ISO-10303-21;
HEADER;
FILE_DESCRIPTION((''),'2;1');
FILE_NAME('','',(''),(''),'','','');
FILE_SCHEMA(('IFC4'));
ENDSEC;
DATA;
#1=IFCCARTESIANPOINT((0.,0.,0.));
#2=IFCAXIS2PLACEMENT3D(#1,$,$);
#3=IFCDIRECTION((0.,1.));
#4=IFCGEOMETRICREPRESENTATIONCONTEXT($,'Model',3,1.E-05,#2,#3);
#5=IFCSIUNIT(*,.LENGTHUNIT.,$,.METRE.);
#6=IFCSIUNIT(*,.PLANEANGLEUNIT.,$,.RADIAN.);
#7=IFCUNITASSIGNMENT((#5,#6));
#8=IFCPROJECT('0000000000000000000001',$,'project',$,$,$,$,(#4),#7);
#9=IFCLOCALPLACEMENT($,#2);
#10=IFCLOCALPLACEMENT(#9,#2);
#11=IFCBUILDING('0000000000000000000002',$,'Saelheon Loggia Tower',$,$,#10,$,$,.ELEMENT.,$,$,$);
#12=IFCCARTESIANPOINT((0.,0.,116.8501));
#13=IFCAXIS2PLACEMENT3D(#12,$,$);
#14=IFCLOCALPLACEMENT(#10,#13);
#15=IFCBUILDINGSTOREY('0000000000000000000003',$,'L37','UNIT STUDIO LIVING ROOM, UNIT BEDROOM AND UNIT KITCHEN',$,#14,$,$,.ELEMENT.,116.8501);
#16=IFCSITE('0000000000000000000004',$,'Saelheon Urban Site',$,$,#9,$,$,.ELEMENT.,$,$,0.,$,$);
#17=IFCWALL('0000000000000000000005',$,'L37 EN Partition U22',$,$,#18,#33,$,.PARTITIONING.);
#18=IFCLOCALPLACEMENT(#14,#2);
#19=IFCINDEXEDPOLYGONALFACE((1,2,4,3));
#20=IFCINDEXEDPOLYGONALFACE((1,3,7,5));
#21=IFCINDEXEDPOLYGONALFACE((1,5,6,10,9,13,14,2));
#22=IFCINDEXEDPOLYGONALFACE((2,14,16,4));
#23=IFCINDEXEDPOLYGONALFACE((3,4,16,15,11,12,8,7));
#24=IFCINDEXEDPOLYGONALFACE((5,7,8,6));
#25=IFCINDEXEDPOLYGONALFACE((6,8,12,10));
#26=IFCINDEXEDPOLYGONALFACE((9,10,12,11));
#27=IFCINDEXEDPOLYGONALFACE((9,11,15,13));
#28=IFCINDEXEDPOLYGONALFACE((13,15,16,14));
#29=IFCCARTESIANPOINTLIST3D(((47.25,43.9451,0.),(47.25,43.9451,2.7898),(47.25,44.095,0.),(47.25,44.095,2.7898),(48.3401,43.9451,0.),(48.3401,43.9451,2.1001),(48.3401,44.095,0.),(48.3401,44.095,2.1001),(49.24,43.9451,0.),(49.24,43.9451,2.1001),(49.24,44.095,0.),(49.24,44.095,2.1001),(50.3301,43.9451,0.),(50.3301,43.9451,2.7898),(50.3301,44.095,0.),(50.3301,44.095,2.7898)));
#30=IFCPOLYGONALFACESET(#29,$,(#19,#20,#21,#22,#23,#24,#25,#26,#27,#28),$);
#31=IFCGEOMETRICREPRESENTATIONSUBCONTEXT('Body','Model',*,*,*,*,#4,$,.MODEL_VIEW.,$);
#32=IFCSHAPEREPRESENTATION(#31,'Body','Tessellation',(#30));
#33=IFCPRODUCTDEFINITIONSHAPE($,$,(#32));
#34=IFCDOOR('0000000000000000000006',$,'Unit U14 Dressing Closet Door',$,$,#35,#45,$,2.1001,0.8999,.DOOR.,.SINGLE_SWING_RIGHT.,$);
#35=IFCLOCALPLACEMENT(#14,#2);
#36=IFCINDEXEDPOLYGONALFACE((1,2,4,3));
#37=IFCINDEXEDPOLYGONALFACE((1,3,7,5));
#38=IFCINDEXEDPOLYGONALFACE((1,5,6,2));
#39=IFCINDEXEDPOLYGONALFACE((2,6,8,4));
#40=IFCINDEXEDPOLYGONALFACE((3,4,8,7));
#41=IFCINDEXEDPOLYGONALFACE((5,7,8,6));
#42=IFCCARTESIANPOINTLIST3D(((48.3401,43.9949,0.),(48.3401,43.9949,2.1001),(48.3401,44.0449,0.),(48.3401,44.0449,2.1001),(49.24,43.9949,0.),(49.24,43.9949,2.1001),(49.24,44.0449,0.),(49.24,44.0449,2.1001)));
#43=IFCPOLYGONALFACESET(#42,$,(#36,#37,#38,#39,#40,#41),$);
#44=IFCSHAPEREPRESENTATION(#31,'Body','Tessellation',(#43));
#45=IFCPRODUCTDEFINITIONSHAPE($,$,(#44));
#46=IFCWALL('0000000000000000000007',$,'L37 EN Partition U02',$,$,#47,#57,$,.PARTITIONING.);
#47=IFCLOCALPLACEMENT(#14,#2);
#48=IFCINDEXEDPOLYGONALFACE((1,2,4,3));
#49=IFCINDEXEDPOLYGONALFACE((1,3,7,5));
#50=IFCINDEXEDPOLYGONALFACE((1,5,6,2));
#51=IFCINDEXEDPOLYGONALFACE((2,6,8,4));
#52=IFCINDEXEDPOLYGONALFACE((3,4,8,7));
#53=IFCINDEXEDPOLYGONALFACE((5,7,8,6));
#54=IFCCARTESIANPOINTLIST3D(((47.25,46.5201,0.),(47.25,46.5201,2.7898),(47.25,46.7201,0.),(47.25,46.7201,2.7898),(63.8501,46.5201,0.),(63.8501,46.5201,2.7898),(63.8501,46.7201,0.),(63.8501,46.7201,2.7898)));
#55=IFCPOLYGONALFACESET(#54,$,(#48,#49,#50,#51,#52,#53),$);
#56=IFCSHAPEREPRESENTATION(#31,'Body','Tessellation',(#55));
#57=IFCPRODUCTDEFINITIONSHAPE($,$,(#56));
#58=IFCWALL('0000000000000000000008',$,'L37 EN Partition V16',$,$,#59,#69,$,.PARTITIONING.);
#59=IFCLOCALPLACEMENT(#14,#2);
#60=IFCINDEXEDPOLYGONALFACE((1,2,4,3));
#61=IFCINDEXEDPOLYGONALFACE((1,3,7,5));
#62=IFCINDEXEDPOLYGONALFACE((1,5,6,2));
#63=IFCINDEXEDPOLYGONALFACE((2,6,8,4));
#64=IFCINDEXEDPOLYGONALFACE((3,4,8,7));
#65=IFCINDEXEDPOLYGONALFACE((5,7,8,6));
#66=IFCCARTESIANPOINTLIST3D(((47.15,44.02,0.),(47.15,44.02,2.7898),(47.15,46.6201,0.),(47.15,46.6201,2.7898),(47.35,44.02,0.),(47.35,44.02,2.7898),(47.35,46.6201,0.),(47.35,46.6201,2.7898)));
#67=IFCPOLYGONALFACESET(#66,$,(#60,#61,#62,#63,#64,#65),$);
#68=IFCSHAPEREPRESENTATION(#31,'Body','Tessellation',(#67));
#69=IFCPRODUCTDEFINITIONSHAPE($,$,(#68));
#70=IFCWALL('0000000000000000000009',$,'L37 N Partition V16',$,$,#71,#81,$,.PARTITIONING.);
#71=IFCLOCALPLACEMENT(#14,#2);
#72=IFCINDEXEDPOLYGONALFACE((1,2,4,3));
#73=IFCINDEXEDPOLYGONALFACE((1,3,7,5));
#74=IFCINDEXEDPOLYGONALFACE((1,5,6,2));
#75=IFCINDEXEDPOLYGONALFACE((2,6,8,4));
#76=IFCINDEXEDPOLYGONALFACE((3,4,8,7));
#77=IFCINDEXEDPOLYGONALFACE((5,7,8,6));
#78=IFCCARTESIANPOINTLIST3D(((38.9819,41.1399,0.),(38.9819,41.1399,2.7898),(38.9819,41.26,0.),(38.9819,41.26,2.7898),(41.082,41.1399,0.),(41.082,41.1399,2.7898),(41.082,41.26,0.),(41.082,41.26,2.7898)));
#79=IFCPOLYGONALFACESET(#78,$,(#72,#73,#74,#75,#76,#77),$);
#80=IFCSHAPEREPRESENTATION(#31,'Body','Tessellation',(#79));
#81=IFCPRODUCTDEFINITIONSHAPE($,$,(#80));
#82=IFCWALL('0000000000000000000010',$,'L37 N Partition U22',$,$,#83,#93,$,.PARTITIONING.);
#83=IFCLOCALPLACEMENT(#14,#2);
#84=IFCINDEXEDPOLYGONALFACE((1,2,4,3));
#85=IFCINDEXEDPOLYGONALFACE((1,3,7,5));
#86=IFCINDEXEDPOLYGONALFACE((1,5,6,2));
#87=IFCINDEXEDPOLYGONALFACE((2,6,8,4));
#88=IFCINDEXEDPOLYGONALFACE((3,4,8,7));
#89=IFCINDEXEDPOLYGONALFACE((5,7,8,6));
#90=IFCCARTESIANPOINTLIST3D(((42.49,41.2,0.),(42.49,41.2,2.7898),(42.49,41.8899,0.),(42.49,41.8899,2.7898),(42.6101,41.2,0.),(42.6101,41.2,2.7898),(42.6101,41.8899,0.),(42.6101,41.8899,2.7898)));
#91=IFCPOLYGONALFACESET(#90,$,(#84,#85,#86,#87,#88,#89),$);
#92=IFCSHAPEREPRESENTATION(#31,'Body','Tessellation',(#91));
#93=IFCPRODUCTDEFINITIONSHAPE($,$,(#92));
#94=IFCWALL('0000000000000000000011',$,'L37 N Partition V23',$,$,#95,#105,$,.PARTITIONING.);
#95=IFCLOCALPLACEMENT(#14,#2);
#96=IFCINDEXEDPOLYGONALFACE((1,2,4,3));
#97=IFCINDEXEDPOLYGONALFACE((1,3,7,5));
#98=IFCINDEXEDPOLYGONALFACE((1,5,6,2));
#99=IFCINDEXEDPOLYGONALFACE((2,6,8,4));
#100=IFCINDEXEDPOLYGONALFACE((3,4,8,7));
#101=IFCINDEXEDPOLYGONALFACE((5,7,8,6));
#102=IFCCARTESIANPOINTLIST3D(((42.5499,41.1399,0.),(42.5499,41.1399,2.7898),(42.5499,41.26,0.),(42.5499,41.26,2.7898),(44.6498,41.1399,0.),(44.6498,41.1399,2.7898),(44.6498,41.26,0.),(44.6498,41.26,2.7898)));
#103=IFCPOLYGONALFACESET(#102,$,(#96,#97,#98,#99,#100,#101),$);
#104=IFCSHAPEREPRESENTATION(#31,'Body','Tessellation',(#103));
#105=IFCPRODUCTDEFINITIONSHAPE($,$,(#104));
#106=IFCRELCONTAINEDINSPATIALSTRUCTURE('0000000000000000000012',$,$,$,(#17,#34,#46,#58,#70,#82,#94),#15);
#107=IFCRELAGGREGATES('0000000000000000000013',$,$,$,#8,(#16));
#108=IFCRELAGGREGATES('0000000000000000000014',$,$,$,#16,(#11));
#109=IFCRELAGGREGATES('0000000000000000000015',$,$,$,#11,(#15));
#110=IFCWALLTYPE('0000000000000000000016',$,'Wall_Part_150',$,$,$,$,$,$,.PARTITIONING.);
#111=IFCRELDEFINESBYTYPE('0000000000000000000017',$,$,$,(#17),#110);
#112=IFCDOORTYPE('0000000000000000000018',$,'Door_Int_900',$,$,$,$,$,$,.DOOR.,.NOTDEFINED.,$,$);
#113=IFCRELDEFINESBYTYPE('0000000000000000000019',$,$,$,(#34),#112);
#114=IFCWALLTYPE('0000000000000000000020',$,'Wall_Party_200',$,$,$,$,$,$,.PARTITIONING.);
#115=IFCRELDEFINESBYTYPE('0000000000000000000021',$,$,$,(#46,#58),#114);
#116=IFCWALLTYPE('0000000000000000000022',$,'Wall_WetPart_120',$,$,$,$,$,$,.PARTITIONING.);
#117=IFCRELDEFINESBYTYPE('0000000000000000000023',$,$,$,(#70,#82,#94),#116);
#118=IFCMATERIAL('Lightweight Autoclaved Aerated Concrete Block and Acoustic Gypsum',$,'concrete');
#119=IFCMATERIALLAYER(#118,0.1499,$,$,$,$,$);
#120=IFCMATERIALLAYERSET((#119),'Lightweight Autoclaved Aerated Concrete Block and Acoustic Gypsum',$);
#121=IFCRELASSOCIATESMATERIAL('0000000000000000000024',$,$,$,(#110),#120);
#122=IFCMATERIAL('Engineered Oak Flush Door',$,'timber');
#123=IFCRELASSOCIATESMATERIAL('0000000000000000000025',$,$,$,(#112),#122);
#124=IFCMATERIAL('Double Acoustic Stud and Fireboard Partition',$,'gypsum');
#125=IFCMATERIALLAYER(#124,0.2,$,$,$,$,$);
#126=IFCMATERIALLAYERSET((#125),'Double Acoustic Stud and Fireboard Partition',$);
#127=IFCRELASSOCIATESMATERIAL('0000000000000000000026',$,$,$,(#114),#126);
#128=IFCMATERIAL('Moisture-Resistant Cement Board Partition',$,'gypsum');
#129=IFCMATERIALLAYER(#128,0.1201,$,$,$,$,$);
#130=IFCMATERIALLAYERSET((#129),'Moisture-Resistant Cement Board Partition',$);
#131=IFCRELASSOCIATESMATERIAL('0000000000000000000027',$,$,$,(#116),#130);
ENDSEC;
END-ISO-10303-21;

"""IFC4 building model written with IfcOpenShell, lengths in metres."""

from ifc_helpers import new_model, si_unit, direction, frame, frame_2d, origin, place, context, subcontext, project, spatial, rectangle, extrude, source, transform, mapped, material, layer, layer_set, type_object, element, fill, save


model = new_model("IFC4")

# Units and contexts
model_context = context("Model", 3, precision=1e-05, world=origin(), true_north=direction((0.0, 1.0)))
body_context = subcontext(model_context, "Body", "Model", "MODEL_VIEW")
ifc_project = project(units=[si_unit("LENGTHUNIT", "METRE"), si_unit("PLANEANGLEUNIT", "RADIAN")], contexts=[model_context])

# Site, building, storey
site_placement = place(None, origin())
site = spatial("IfcSite", under=ifc_project, at=site_placement, Name="Saelheon Urban Site", CompositionType="ELEMENT", RefElevation=0.0)
building_placement = place(site_placement, origin())
building = spatial("IfcBuilding", under=site, at=building_placement, Name="Saelheon Loggia Tower", CompositionType="ELEMENT")
storey_placement = place(building_placement, frame((0.0, 0.0, 116.8501)))
storey = spatial("IfcBuildingStorey", under=building, at=storey_placement, Name="L37", Description="UNIT STUDIO LIVING ROOM, UNIT BEDROOM AND UNIT KITCHEN", CompositionType="ELEMENT", Elevation=116.8501)

# Wall, opening, door
ifc_material_1 = material(Name="Lightweight Autoclaved Aerated Concrete Block and Acoustic Gypsum", Category="concrete")
ifc_layer_1 = layer(ifc_material_1, 0.1499)
ifc_layer_set_1 = layer_set([ifc_layer_1], Name="Lightweight Autoclaved Aerated Concrete Block and Acoustic Gypsum")
wall_type_1 = type_object("IfcWallType", Name="Wall_Part_150", PredefinedType="PARTITIONING", material=ifc_layer_set_1)
ifc_material_2 = material(Name="Engineered Oak Flush Door", Category="timber")
door_type = type_object("IfcDoorType", Name="Door_Int_900", OperationType="NOTDEFINED", PredefinedType="DOOR", material=ifc_material_2)
shared_shape_1 = source(origin(), body_context, "Body", "SweptSolid", [
    extrude(rectangle(XDim=0.8999, YDim=2.1001, at=frame_2d((0.45, 1.05))), frame((0.0, 0.0249, 0.0), z_axis=(0.0, -1.0, 0.0), x_axis=(1.0, 0.0, 0.0)), (0.0, 0.0, 1.0), 0.05),
])
wall_1_placement = place(storey_placement, frame((47.25, 44.02, 0.0), z_axis=(0.0, 0.0, 1.0), x_axis=(1.0, 0.0, 0.0)))
wall_1 = element("IfcWall", 1, at=wall_1_placement, inside=storey, type_object=wall_type_1, Name="L37 EN Partition U22", PredefinedType="PARTITIONING", context=body_context, shape_type="SweptSolid", body=[
    extrude(rectangle(XDim=3.0801, YDim=0.1499, at=frame_2d((1.54, 0.0))), origin(), (0.0, 0.0, 1.0), 2.7898),
])
opening_1_placement = place(wall_1_placement, frame((1.0901, 0.0, 0.0)))
opening_1 = element("IfcOpeningElement", 2, at=opening_1_placement, cuts=wall_1, PredefinedType="OPENING", context=body_context, shape_type="SweptSolid", body=[
    extrude(rectangle(XDim=0.8999, YDim=2.1001, at=frame_2d((0.45, 1.05))), frame((0.0, 0.0869, 0.0), z_axis=(0.0, -1.0, 0.0), x_axis=(1.0, 0.0, 0.0)), (0.0, 0.0, 1.0), 0.1738),
])
door_1_placement = place(opening_1_placement, origin())
door_1 = element("IfcDoor", 3, at=door_1_placement, inside=storey, type_object=door_type, Name="Unit U14 Dressing Closet Door", OperationType="SINGLE_SWING_RIGHT", OverallHeight=2.1001, OverallWidth=0.8999, PredefinedType="DOOR", context=body_context, shape_type="MappedRepresentation", body=[
    mapped(shared_shape_1, transform((0.0, 0.0, 0.0), scale=1.0)),
])
fill(opening_1, door_1)

# Walls
ifc_material_3 = material(Name="Double Acoustic Stud and Fireboard Partition", Category="gypsum")
ifc_layer_2 = layer(ifc_material_3, 0.2)
ifc_layer_set_2 = layer_set([ifc_layer_2], Name="Double Acoustic Stud and Fireboard Partition")
wall_type_2 = type_object("IfcWallType", Name="Wall_Party_200", PredefinedType="PARTITIONING", material=ifc_layer_set_2)
wall_2_placement = place(storey_placement, frame((47.25, 46.6201, 0.0), z_axis=(0.0, 0.0, 1.0), x_axis=(1.0, 0.0, 0.0)))
element("IfcWall", 4, at=wall_2_placement, inside=storey, type_object=wall_type_2, Name="L37 EN Partition U02", PredefinedType="PARTITIONING", context=body_context, shape_type="SweptSolid", body=[
    extrude(rectangle(XDim=16.6001, YDim=0.2, at=frame_2d((8.3, 0.0))), origin(), (0.0, 0.0, 1.0), 2.7898),
])
wall_3_placement = place(storey_placement, frame((47.25, 44.02, 0.0), z_axis=(0.0, 0.0, 1.0), x_axis=(0.0, 1.0, 0.0)))
element("IfcWall", 5, at=wall_3_placement, inside=storey, type_object=wall_type_2, Name="L37 EN Partition V16", PredefinedType="PARTITIONING", context=body_context, shape_type="SweptSolid", body=[
    extrude(rectangle(XDim=2.6001, YDim=0.2, at=frame_2d((1.3, 0.0))), origin(), (0.0, 0.0, 1.0), 2.7898),
])
ifc_material_4 = material(Name="Moisture-Resistant Cement Board Partition", Category="gypsum")
ifc_layer_3 = layer(ifc_material_4, 0.1201)
ifc_layer_set_3 = layer_set([ifc_layer_3], Name="Moisture-Resistant Cement Board Partition")
wall_type_3 = type_object("IfcWallType", Name="Wall_WetPart_120", PredefinedType="PARTITIONING", material=ifc_layer_set_3)
wall_4_placement = place(storey_placement, frame((38.9819, 41.2, 0.0), z_axis=(0.0, 0.0, 1.0), x_axis=(1.0, 0.0, 0.0)))
element("IfcWall", 6, at=wall_4_placement, inside=storey, type_object=wall_type_3, Name="L37 N Partition V16", PredefinedType="PARTITIONING", context=body_context, shape_type="SweptSolid", body=[
    extrude(rectangle(XDim=2.1001, YDim=0.1201, at=frame_2d((1.05, 0.0))), origin(), (0.0, 0.0, 1.0), 2.7898),
])
wall_5_placement = place(storey_placement, frame((42.55, 41.2, 0.0), z_axis=(0.0, 0.0, 1.0), x_axis=(0.0, 1.0, 0.0)))
element("IfcWall", 7, at=wall_5_placement, inside=storey, type_object=wall_type_3, Name="L37 N Partition U22", PredefinedType="PARTITIONING", context=body_context, shape_type="SweptSolid", body=[
    extrude(rectangle(XDim=0.6899, YDim=0.1201, at=frame_2d((0.345, 0.0))), origin(), (0.0, 0.0, 1.0), 2.7898),
])
wall_6_placement = place(storey_placement, frame((42.55, 41.2, 0.0), z_axis=(0.0, 0.0, 1.0), x_axis=(1.0, 0.0, 0.0)))
element("IfcWall", 8, at=wall_6_placement, inside=storey, type_object=wall_type_3, Name="L37 N Partition V23", PredefinedType="PARTITIONING", context=body_context, shape_type="SweptSolid", body=[
    extrude(rectangle(XDim=2.0999, YDim=0.1201, at=frame_2d((1.0498, 0.0))), origin(), (0.0, 0.0, 1.0), 2.7898),
])

save(model, "model.ifc")
